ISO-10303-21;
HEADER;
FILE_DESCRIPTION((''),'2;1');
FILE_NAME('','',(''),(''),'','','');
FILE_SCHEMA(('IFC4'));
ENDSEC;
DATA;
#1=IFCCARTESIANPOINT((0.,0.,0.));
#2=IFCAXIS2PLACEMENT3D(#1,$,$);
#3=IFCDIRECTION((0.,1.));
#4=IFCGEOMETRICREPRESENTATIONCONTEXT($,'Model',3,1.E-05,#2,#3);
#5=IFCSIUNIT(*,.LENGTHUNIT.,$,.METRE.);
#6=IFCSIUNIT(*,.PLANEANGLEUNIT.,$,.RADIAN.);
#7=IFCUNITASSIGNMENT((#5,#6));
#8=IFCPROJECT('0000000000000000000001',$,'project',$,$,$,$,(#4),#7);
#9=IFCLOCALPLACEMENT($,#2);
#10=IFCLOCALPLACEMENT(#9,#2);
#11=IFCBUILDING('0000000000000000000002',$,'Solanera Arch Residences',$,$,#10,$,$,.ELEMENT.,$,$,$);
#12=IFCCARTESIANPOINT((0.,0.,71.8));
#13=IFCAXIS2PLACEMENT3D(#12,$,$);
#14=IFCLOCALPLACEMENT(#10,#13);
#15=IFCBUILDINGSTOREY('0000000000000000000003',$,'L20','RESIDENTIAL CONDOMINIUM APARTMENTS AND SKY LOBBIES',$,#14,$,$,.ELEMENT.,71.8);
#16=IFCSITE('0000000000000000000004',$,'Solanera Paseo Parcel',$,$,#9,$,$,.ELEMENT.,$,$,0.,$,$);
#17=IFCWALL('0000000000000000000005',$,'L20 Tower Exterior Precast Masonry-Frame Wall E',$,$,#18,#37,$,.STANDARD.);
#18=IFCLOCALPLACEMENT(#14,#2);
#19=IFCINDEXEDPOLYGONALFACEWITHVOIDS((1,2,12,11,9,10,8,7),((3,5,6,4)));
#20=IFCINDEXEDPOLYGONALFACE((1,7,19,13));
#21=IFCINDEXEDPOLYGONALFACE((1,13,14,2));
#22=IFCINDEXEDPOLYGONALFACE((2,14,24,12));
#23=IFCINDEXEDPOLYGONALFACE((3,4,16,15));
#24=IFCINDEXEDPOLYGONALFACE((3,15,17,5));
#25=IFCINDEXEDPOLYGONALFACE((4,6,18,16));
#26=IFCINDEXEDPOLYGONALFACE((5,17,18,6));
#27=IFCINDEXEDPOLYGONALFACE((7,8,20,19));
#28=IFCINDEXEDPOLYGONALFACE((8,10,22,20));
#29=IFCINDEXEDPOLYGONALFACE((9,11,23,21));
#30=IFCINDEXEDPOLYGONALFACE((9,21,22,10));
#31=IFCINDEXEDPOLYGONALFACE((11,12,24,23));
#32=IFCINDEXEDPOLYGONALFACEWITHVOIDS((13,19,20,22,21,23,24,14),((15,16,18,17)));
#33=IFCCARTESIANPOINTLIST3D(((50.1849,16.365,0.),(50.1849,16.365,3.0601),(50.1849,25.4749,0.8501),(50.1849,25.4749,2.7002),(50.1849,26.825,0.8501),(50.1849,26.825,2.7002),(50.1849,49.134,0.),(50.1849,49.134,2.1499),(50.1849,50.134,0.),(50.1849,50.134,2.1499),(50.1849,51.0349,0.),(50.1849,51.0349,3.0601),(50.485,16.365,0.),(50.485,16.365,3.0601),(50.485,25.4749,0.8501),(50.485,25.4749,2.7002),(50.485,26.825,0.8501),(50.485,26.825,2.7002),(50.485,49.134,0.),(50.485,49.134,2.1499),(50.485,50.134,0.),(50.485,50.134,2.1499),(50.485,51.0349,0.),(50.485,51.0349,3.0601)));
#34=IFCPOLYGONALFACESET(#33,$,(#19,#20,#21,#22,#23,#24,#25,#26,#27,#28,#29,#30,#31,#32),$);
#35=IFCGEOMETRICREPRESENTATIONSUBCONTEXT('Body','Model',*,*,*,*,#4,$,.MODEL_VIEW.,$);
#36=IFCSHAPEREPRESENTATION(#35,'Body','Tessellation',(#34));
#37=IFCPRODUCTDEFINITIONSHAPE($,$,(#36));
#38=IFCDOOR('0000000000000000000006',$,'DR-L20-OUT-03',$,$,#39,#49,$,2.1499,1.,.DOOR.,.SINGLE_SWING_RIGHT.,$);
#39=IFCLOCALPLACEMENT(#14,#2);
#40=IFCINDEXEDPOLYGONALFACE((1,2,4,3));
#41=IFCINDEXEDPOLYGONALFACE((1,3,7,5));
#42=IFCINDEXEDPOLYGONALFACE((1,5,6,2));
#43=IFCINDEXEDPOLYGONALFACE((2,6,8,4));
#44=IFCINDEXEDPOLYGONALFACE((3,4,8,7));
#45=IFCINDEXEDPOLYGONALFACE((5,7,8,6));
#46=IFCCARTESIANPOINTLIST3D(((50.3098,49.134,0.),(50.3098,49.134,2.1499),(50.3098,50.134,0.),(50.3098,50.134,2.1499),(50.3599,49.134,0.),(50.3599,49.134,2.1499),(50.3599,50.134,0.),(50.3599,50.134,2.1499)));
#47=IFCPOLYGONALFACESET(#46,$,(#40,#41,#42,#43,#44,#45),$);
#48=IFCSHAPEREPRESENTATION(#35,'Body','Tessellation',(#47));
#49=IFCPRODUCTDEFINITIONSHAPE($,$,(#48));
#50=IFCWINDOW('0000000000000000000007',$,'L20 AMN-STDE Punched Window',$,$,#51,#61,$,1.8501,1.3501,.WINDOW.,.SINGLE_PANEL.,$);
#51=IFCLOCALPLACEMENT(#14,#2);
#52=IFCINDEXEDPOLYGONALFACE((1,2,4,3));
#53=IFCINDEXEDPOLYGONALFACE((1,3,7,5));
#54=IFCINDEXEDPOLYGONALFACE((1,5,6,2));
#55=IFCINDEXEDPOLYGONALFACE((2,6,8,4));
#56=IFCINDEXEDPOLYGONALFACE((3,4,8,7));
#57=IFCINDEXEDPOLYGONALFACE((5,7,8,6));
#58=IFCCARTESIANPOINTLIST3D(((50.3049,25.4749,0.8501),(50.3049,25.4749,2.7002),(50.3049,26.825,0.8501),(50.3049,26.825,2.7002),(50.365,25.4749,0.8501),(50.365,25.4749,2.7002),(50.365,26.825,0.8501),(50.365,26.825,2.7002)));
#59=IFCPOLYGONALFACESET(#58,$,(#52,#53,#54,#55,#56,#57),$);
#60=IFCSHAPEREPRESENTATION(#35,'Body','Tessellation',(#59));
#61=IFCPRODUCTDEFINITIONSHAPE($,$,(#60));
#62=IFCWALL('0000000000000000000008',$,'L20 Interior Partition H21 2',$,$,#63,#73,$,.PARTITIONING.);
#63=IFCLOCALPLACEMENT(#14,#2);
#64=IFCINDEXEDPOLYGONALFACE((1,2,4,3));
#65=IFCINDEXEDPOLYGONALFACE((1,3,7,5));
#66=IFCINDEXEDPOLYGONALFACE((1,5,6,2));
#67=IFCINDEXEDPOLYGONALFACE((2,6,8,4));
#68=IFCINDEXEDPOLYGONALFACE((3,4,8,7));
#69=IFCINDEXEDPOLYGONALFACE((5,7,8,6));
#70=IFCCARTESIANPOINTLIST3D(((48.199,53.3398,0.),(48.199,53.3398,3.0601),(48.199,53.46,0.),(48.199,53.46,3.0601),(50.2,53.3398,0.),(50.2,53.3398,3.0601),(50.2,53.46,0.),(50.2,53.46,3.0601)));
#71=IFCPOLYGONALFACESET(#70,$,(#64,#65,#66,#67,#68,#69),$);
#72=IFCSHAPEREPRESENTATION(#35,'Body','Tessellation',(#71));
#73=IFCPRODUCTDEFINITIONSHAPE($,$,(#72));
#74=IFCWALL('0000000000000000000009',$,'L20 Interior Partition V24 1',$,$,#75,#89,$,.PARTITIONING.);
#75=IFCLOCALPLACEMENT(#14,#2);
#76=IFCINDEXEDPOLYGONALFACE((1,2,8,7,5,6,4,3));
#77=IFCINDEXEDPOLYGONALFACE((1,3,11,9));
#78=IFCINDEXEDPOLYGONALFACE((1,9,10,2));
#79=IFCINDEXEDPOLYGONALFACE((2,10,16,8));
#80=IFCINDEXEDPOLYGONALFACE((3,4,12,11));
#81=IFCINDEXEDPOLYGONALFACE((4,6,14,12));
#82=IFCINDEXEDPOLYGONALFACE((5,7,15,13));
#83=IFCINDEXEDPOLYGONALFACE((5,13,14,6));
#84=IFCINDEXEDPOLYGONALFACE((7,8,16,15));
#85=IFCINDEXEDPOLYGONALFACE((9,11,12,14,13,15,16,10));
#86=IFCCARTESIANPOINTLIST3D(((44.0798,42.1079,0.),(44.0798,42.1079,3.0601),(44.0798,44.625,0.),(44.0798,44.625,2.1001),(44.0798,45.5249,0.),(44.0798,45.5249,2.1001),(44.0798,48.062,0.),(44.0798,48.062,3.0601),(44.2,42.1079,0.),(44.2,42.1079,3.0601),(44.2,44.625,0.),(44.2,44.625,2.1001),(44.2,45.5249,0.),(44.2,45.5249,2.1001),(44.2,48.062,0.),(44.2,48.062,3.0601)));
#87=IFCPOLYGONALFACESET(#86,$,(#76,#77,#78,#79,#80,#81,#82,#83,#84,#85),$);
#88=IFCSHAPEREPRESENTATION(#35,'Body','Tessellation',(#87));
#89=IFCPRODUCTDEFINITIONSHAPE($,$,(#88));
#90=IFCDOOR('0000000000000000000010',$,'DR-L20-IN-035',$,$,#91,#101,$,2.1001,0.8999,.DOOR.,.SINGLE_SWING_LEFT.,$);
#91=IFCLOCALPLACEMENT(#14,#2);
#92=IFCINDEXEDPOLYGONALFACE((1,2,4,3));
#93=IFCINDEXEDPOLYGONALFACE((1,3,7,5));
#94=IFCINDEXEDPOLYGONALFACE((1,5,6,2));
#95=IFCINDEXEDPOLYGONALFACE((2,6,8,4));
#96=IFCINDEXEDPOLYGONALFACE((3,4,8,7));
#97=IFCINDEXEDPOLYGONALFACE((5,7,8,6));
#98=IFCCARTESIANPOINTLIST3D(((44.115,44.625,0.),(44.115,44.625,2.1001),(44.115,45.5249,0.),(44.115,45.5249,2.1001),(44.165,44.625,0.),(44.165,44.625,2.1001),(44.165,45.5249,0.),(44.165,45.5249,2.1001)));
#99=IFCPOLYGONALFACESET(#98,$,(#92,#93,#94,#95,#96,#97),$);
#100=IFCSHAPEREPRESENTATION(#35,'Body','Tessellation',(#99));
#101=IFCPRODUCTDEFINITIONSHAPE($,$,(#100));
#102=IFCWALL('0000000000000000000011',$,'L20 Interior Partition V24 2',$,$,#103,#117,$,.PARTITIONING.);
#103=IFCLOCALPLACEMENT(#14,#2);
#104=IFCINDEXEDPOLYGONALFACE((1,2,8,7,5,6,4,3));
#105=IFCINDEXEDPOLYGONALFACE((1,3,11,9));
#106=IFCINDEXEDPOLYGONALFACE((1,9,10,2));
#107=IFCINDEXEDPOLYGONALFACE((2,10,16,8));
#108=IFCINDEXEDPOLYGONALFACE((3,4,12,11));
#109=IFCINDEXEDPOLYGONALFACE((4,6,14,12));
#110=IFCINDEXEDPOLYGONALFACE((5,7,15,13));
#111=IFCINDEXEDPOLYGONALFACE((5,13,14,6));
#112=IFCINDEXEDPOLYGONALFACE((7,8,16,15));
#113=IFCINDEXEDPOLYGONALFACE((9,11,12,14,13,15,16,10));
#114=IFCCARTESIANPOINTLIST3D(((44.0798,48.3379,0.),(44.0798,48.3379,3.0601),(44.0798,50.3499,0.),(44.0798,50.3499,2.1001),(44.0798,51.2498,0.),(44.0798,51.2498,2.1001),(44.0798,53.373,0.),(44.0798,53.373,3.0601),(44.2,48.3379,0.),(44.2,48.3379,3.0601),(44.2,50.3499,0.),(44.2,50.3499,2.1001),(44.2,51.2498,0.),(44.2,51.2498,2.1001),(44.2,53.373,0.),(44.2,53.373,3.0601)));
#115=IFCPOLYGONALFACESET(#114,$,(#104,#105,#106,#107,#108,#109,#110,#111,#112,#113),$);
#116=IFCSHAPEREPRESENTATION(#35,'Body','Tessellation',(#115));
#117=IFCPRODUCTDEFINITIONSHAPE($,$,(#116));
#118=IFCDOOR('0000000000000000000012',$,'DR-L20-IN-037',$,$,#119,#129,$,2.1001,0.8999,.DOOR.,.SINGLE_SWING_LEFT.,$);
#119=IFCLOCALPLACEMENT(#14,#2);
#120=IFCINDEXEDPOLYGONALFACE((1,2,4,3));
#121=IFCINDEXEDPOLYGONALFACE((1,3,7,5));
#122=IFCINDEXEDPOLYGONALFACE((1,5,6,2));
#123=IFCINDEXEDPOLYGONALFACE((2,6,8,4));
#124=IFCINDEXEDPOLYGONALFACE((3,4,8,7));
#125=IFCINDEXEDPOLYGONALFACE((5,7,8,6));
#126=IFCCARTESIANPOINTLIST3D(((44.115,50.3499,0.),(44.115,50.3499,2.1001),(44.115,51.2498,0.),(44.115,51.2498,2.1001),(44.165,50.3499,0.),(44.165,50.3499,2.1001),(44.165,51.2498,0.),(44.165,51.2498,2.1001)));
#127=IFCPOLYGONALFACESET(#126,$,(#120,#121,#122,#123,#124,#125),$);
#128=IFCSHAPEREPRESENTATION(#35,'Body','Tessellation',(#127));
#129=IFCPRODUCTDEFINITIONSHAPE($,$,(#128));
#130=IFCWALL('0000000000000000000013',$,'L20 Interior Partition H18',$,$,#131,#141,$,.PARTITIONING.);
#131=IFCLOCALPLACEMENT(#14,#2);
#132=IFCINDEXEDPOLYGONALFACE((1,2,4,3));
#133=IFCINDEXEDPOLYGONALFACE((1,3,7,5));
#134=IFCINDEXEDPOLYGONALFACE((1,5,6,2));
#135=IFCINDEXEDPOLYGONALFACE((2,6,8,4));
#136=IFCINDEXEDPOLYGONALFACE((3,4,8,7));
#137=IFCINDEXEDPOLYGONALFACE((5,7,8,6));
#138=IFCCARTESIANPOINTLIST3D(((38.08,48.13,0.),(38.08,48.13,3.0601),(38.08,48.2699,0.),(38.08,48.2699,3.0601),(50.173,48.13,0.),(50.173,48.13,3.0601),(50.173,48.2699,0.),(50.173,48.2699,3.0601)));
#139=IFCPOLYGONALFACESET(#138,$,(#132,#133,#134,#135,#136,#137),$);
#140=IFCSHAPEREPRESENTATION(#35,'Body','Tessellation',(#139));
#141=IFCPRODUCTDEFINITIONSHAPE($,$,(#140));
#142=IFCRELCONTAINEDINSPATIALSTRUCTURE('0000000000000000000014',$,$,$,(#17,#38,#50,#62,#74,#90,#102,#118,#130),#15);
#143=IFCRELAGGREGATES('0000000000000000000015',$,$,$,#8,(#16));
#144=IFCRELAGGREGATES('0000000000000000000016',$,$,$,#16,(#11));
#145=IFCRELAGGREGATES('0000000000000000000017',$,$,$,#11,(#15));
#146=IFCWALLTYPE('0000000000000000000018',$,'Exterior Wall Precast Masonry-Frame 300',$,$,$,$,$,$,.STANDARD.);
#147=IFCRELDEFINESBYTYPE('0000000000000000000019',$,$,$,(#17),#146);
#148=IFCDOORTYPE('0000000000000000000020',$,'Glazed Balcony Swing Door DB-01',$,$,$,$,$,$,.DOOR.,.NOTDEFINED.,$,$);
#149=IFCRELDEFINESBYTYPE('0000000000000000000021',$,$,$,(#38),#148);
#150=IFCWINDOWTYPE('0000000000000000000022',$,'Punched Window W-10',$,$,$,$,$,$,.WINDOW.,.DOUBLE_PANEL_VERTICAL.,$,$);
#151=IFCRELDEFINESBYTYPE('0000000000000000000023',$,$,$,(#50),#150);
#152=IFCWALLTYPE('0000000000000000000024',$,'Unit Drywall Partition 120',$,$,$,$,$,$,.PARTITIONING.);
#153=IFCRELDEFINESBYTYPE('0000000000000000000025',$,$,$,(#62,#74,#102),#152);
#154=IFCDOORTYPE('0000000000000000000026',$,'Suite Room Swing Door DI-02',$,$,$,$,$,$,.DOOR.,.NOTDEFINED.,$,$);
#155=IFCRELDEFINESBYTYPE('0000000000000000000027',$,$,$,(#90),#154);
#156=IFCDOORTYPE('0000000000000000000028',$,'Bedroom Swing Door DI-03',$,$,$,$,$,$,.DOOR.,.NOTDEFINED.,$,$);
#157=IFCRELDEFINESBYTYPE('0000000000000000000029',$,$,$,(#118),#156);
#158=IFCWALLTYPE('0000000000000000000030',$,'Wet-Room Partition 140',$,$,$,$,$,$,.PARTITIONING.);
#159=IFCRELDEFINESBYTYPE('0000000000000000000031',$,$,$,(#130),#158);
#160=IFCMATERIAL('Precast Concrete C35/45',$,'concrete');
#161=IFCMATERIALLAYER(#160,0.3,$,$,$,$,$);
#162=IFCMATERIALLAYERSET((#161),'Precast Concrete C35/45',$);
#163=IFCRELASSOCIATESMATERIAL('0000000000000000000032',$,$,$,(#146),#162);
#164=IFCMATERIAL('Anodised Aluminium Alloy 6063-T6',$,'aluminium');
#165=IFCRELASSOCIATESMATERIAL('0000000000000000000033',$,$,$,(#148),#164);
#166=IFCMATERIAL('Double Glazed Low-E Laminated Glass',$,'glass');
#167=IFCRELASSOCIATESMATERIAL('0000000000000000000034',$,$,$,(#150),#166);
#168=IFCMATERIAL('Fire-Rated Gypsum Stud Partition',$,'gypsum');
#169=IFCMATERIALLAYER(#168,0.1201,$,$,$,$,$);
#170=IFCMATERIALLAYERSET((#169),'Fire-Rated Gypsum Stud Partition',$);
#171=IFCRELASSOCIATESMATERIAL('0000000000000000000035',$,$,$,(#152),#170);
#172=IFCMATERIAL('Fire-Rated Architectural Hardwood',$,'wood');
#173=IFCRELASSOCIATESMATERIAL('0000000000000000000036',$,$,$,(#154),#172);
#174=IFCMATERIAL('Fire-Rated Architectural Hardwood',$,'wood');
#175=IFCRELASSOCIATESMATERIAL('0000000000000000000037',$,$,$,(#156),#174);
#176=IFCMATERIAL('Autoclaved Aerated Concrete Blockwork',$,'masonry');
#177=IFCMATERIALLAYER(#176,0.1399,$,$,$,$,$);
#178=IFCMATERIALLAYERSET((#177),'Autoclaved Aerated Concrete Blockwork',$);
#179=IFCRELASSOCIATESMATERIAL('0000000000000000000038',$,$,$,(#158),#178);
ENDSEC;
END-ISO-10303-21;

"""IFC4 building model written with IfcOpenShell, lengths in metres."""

from ifc_helpers import new_model, si_unit, direction, frame, frame_2d, origin, place, context, subcontext, project, spatial, rectangle, extrude, material, layer, layer_set, type_object, element, fill, save


model = new_model("IFC4")

# Units and contexts
model_context = context("Model", 3, precision=1e-05, world=origin(), true_north=direction((0.0, 1.0)))
body_context = subcontext(model_context, "Body", "Model", "MODEL_VIEW")
ifc_project = project(units=[si_unit("LENGTHUNIT", "METRE"), si_unit("PLANEANGLEUNIT", "RADIAN")], contexts=[model_context])

# Site, building, storey
site_placement = place(None, origin())
site = spatial("IfcSite", under=ifc_project, at=site_placement, Name="Solanera Paseo Parcel", CompositionType="ELEMENT", RefElevation=0.0)
building_placement = place(site_placement, origin())
building = spatial("IfcBuilding", under=site, at=building_placement, Name="Solanera Arch Residences", CompositionType="ELEMENT")
storey_placement = place(building_placement, frame((0.0, 0.0, 71.8)))
storey = spatial("IfcBuildingStorey", under=building, at=storey_placement, Name="L20", Description="RESIDENTIAL CONDOMINIUM APARTMENTS AND SKY LOBBIES", CompositionType="ELEMENT", Elevation=71.8)

# Shared definitions
ifc_material_1 = material(Name="Precast Concrete C35/45", Category="concrete")
ifc_layer_1 = layer(ifc_material_1, 0.3)
ifc_layer_set_1 = layer_set([ifc_layer_1], Name="Precast Concrete C35/45")
wall_type_1 = type_object("IfcWallType", Name="Exterior Wall Precast Masonry-Frame 300", PredefinedType="STANDARD", material=ifc_layer_set_1)

# Wall, openings, door, window
wall_1_placement = place(storey_placement, frame((50.335, 51.0349, 0.0), z_axis=(0.0, 0.0, 1.0), x_axis=(0.0, -1.0, 0.0)))
wall_1 = element("IfcWall", 1, at=wall_1_placement, inside=storey, type_object=wall_type_1, Name="L20 Tower Exterior Precast Masonry-Frame Wall E", PredefinedType="STANDARD", context=body_context, shape_type="SweptSolid", body=[
    extrude(rectangle(XDim=34.6699, YDim=0.3, at=frame_2d((17.335, 0.0))), origin(), (0.0, 0.0, 1.0), 3.0601),
])
opening_1_placement = place(wall_1_placement, frame((0.9009, 0.0, 0.0)))
opening_1 = element("IfcOpeningElement", 2, at=opening_1_placement, cuts=wall_1, PredefinedType="OPENING", context=body_context, shape_type="SweptSolid", body=[
    extrude(rectangle(XDim=1.0, YDim=2.1499, at=frame_2d((0.5, 1.075))), frame((0.0, 0.1599, 0.0), z_axis=(0.0, -1.0, 0.0), x_axis=(1.0, 0.0, 0.0)), (0.0, 0.0, 1.0), 0.32),
])
opening_2_placement = place(wall_1_placement, frame((24.21, 0.0, 0.8501)))
opening_2 = element("IfcOpeningElement", 3, at=opening_2_placement, cuts=wall_1, PredefinedType="OPENING", context=body_context, shape_type="SweptSolid", body=[
    extrude(rectangle(XDim=1.3501, YDim=1.8501, at=frame_2d((0.675, 0.925))), frame((0.0, 0.1599, 0.0), z_axis=(0.0, -1.0, 0.0), x_axis=(1.0, 0.0, 0.0)), (0.0, 0.0, 1.0), 0.32),
])
ifc_material_2 = material(Name="Anodised Aluminium Alloy 6063-T6", Category="aluminium")
door_type_1 = type_object("IfcDoorType", Name="Glazed Balcony Swing Door DB-01", OperationType="NOTDEFINED", PredefinedType="DOOR", material=ifc_material_2)
door_1_placement = place(opening_1_placement, origin())
door_1 = element("IfcDoor", 4, at=door_1_placement, inside=storey, type_object=door_type_1, Name="DR-L20-OUT-03", OperationType="SINGLE_SWING_RIGHT", OverallHeight=2.1499, OverallWidth=1.0, PredefinedType="DOOR", context=body_context, shape_type="SweptSolid", body=[
    extrude(rectangle(XDim=1.0, YDim=2.1499, at=frame_2d((0.5, 1.075))), frame((0.0, 0.0249, 0.0), z_axis=(0.0, -1.0, 0.0), x_axis=(1.0, 0.0, 0.0)), (0.0, 0.0, 1.0), 0.05),
])
fill(opening_1, door_1)
ifc_material_3 = material(Name="Double Glazed Low-E Laminated Glass", Category="glass")
window_type = type_object("IfcWindowType", Name="Punched Window W-10", PartitioningType="DOUBLE_PANEL_VERTICAL", PredefinedType="WINDOW", material=ifc_material_3)
window_placement = place(opening_2_placement, origin())
window = element("IfcWindow", 5, at=window_placement, inside=storey, type_object=window_type, Name="L20 AMN-STDE Punched Window", OverallHeight=1.8501, OverallWidth=1.3501, PartitioningType="SINGLE_PANEL", PredefinedType="WINDOW", context=body_context, shape_type="SweptSolid", body=[
    extrude(rectangle(XDim=1.3501, YDim=1.8501, at=frame_2d((0.675, 0.925))), frame((0.0, 0.03, 0.0), z_axis=(0.0, -1.0, 0.0), x_axis=(1.0, 0.0, 0.0)), (0.0, 0.0, 1.0), 0.0601),
])
fill(opening_2, window)

# Wall
ifc_material_4 = material(Name="Fire-Rated Gypsum Stud Partition", Category="gypsum")
ifc_layer_2 = layer(ifc_material_4, 0.1201)
ifc_layer_set_2 = layer_set([ifc_layer_2], Name="Fire-Rated Gypsum Stud Partition")
wall_type_2 = type_object("IfcWallType", Name="Unit Drywall Partition 120", PredefinedType="PARTITIONING", material=ifc_layer_set_2)
wall_2_placement = place(storey_placement, frame((48.199, 53.3999, 0.0), z_axis=(0.0, 0.0, 1.0), x_axis=(1.0, 0.0, 0.0)))
element("IfcWall", 6, at=wall_2_placement, inside=storey, type_object=wall_type_2, Name="L20 Interior Partition H21 2", PredefinedType="PARTITIONING", context=body_context, shape_type="SweptSolid", body=[
    extrude(rectangle(XDim=2.001, YDim=0.1201, at=frame_2d((1.0005, 0.0))), origin(), (0.0, 0.0, 1.0), 3.0601),
])

# Walls, openings, doors
wall_3_placement = place(storey_placement, frame((44.1399, 42.1079, 0.0), z_axis=(0.0, 0.0, 1.0), x_axis=(0.0, 1.0, 0.0)))
wall_3 = element("IfcWall", 7, at=wall_3_placement, inside=storey, type_object=wall_type_2, Name="L20 Interior Partition V24 1", PredefinedType="PARTITIONING", context=body_context, shape_type="SweptSolid", body=[
    extrude(rectangle(XDim=5.9541, YDim=0.1201, at=frame_2d((2.9771, 0.0))), origin(), (0.0, 0.0, 1.0), 3.0601),
])
opening_3_placement = place(wall_3_placement, frame((2.5171, 0.0, 0.0)))
opening_3 = element("IfcOpeningElement", 8, at=opening_3_placement, cuts=wall_3, PredefinedType="OPENING", context=body_context, shape_type="SweptSolid", body=[
    extrude(rectangle(XDim=0.8999, YDim=2.1001, at=frame_2d((0.45, 1.05))), frame((0.0, 0.0701, 0.0), z_axis=(0.0, -1.0, 0.0), x_axis=(1.0, 0.0, 0.0)), (0.0, 0.0, 1.0), 0.1401),
])
ifc_material_5 = material(Name="Fire-Rated Architectural Hardwood", Category="wood")
door_type_2 = type_object("IfcDoorType", Name="Suite Room Swing Door DI-02", OperationType="NOTDEFINED", PredefinedType="DOOR", material=ifc_material_5)
door_2_placement = place(opening_3_placement, origin())
door_2 = element("IfcDoor", 9, at=door_2_placement, inside=storey, type_object=door_type_2, Name="DR-L20-IN-035", OperationType="SINGLE_SWING_LEFT", OverallHeight=2.1001, OverallWidth=0.8999, PredefinedType="DOOR", context=body_context, shape_type="SweptSolid", body=[
    extrude(rectangle(XDim=0.8999, YDim=2.1001, at=frame_2d((0.45, 1.05))), frame((0.0, 0.0249, 0.0), z_axis=(0.0, -1.0, 0.0), x_axis=(1.0, 0.0, 0.0)), (0.0, 0.0, 1.0), 0.05),
])
fill(opening_3, door_2)
wall_4_placement = place(storey_placement, frame((44.1399, 48.3379, 0.0), z_axis=(0.0, 0.0, 1.0), x_axis=(0.0, 1.0, 0.0)))
wall_4 = element("IfcWall", 10, at=wall_4_placement, inside=storey, type_object=wall_type_2, Name="L20 Interior Partition V24 2", PredefinedType="PARTITIONING", context=body_context, shape_type="SweptSolid", body=[
    extrude(rectangle(XDim=5.0352, YDim=0.1201, at=frame_2d((2.5176, 0.0))), origin(), (0.0, 0.0, 1.0), 3.0601),
])
opening_4_placement = place(wall_4_placement, frame((2.012, 0.0, 0.0)))
opening_4 = element("IfcOpeningElement", 11, at=opening_4_placement, cuts=wall_4, PredefinedType="OPENING", context=body_context, shape_type="SweptSolid", body=[
    extrude(rectangle(XDim=0.8999, YDim=2.1001, at=frame_2d((0.45, 1.05))), frame((0.0, 0.0701, 0.0), z_axis=(0.0, -1.0, 0.0), x_axis=(1.0, 0.0, 0.0)), (0.0, 0.0, 1.0), 0.1401),
])
ifc_material_6 = material(Name="Fire-Rated Architectural Hardwood", Category="wood")
door_type_3 = type_object("IfcDoorType", Name="Bedroom Swing Door DI-03", OperationType="NOTDEFINED", PredefinedType="DOOR", material=ifc_material_6)
door_3_placement = place(opening_4_placement, origin())
door_3 = element("IfcDoor", 12, at=door_3_placement, inside=storey, type_object=door_type_3, Name="DR-L20-IN-037", OperationType="SINGLE_SWING_LEFT", OverallHeight=2.1001, OverallWidth=0.8999, PredefinedType="DOOR", context=body_context, shape_type="SweptSolid", body=[
    extrude(rectangle(XDim=0.8999, YDim=2.1001, at=frame_2d((0.45, 1.05))), frame((0.0, 0.0249, 0.0), z_axis=(0.0, -1.0, 0.0), x_axis=(1.0, 0.0, 0.0)), (0.0, 0.0, 1.0), 0.05),
])
fill(opening_4, door_3)

# Wall
ifc_material_7 = material(Name="Autoclaved Aerated Concrete Blockwork", Category="masonry")
ifc_layer_3 = layer(ifc_material_7, 0.1399)
ifc_layer_set_3 = layer_set([ifc_layer_3], Name="Autoclaved Aerated Concrete Blockwork")
wall_type_3 = type_object("IfcWallType", Name="Wet-Room Partition 140", PredefinedType="PARTITIONING", material=ifc_layer_set_3)
wall_5_placement = place(storey_placement, frame((38.0801, 48.2, 0.0), z_axis=(0.0, 0.0, 1.0), x_axis=(1.0, 0.0, 0.0)))
element("IfcWall", 13, at=wall_5_placement, inside=storey, type_object=wall_type_3, Name="L20 Interior Partition H18", PredefinedType="PARTITIONING", context=body_context, shape_type="SweptSolid", body=[
    extrude(rectangle(XDim=12.093, YDim=0.1399, at=frame_2d((6.0464, 0.0))), origin(), (0.0, 0.0, 1.0), 3.0601),
])

save(model, "model.ifc")
